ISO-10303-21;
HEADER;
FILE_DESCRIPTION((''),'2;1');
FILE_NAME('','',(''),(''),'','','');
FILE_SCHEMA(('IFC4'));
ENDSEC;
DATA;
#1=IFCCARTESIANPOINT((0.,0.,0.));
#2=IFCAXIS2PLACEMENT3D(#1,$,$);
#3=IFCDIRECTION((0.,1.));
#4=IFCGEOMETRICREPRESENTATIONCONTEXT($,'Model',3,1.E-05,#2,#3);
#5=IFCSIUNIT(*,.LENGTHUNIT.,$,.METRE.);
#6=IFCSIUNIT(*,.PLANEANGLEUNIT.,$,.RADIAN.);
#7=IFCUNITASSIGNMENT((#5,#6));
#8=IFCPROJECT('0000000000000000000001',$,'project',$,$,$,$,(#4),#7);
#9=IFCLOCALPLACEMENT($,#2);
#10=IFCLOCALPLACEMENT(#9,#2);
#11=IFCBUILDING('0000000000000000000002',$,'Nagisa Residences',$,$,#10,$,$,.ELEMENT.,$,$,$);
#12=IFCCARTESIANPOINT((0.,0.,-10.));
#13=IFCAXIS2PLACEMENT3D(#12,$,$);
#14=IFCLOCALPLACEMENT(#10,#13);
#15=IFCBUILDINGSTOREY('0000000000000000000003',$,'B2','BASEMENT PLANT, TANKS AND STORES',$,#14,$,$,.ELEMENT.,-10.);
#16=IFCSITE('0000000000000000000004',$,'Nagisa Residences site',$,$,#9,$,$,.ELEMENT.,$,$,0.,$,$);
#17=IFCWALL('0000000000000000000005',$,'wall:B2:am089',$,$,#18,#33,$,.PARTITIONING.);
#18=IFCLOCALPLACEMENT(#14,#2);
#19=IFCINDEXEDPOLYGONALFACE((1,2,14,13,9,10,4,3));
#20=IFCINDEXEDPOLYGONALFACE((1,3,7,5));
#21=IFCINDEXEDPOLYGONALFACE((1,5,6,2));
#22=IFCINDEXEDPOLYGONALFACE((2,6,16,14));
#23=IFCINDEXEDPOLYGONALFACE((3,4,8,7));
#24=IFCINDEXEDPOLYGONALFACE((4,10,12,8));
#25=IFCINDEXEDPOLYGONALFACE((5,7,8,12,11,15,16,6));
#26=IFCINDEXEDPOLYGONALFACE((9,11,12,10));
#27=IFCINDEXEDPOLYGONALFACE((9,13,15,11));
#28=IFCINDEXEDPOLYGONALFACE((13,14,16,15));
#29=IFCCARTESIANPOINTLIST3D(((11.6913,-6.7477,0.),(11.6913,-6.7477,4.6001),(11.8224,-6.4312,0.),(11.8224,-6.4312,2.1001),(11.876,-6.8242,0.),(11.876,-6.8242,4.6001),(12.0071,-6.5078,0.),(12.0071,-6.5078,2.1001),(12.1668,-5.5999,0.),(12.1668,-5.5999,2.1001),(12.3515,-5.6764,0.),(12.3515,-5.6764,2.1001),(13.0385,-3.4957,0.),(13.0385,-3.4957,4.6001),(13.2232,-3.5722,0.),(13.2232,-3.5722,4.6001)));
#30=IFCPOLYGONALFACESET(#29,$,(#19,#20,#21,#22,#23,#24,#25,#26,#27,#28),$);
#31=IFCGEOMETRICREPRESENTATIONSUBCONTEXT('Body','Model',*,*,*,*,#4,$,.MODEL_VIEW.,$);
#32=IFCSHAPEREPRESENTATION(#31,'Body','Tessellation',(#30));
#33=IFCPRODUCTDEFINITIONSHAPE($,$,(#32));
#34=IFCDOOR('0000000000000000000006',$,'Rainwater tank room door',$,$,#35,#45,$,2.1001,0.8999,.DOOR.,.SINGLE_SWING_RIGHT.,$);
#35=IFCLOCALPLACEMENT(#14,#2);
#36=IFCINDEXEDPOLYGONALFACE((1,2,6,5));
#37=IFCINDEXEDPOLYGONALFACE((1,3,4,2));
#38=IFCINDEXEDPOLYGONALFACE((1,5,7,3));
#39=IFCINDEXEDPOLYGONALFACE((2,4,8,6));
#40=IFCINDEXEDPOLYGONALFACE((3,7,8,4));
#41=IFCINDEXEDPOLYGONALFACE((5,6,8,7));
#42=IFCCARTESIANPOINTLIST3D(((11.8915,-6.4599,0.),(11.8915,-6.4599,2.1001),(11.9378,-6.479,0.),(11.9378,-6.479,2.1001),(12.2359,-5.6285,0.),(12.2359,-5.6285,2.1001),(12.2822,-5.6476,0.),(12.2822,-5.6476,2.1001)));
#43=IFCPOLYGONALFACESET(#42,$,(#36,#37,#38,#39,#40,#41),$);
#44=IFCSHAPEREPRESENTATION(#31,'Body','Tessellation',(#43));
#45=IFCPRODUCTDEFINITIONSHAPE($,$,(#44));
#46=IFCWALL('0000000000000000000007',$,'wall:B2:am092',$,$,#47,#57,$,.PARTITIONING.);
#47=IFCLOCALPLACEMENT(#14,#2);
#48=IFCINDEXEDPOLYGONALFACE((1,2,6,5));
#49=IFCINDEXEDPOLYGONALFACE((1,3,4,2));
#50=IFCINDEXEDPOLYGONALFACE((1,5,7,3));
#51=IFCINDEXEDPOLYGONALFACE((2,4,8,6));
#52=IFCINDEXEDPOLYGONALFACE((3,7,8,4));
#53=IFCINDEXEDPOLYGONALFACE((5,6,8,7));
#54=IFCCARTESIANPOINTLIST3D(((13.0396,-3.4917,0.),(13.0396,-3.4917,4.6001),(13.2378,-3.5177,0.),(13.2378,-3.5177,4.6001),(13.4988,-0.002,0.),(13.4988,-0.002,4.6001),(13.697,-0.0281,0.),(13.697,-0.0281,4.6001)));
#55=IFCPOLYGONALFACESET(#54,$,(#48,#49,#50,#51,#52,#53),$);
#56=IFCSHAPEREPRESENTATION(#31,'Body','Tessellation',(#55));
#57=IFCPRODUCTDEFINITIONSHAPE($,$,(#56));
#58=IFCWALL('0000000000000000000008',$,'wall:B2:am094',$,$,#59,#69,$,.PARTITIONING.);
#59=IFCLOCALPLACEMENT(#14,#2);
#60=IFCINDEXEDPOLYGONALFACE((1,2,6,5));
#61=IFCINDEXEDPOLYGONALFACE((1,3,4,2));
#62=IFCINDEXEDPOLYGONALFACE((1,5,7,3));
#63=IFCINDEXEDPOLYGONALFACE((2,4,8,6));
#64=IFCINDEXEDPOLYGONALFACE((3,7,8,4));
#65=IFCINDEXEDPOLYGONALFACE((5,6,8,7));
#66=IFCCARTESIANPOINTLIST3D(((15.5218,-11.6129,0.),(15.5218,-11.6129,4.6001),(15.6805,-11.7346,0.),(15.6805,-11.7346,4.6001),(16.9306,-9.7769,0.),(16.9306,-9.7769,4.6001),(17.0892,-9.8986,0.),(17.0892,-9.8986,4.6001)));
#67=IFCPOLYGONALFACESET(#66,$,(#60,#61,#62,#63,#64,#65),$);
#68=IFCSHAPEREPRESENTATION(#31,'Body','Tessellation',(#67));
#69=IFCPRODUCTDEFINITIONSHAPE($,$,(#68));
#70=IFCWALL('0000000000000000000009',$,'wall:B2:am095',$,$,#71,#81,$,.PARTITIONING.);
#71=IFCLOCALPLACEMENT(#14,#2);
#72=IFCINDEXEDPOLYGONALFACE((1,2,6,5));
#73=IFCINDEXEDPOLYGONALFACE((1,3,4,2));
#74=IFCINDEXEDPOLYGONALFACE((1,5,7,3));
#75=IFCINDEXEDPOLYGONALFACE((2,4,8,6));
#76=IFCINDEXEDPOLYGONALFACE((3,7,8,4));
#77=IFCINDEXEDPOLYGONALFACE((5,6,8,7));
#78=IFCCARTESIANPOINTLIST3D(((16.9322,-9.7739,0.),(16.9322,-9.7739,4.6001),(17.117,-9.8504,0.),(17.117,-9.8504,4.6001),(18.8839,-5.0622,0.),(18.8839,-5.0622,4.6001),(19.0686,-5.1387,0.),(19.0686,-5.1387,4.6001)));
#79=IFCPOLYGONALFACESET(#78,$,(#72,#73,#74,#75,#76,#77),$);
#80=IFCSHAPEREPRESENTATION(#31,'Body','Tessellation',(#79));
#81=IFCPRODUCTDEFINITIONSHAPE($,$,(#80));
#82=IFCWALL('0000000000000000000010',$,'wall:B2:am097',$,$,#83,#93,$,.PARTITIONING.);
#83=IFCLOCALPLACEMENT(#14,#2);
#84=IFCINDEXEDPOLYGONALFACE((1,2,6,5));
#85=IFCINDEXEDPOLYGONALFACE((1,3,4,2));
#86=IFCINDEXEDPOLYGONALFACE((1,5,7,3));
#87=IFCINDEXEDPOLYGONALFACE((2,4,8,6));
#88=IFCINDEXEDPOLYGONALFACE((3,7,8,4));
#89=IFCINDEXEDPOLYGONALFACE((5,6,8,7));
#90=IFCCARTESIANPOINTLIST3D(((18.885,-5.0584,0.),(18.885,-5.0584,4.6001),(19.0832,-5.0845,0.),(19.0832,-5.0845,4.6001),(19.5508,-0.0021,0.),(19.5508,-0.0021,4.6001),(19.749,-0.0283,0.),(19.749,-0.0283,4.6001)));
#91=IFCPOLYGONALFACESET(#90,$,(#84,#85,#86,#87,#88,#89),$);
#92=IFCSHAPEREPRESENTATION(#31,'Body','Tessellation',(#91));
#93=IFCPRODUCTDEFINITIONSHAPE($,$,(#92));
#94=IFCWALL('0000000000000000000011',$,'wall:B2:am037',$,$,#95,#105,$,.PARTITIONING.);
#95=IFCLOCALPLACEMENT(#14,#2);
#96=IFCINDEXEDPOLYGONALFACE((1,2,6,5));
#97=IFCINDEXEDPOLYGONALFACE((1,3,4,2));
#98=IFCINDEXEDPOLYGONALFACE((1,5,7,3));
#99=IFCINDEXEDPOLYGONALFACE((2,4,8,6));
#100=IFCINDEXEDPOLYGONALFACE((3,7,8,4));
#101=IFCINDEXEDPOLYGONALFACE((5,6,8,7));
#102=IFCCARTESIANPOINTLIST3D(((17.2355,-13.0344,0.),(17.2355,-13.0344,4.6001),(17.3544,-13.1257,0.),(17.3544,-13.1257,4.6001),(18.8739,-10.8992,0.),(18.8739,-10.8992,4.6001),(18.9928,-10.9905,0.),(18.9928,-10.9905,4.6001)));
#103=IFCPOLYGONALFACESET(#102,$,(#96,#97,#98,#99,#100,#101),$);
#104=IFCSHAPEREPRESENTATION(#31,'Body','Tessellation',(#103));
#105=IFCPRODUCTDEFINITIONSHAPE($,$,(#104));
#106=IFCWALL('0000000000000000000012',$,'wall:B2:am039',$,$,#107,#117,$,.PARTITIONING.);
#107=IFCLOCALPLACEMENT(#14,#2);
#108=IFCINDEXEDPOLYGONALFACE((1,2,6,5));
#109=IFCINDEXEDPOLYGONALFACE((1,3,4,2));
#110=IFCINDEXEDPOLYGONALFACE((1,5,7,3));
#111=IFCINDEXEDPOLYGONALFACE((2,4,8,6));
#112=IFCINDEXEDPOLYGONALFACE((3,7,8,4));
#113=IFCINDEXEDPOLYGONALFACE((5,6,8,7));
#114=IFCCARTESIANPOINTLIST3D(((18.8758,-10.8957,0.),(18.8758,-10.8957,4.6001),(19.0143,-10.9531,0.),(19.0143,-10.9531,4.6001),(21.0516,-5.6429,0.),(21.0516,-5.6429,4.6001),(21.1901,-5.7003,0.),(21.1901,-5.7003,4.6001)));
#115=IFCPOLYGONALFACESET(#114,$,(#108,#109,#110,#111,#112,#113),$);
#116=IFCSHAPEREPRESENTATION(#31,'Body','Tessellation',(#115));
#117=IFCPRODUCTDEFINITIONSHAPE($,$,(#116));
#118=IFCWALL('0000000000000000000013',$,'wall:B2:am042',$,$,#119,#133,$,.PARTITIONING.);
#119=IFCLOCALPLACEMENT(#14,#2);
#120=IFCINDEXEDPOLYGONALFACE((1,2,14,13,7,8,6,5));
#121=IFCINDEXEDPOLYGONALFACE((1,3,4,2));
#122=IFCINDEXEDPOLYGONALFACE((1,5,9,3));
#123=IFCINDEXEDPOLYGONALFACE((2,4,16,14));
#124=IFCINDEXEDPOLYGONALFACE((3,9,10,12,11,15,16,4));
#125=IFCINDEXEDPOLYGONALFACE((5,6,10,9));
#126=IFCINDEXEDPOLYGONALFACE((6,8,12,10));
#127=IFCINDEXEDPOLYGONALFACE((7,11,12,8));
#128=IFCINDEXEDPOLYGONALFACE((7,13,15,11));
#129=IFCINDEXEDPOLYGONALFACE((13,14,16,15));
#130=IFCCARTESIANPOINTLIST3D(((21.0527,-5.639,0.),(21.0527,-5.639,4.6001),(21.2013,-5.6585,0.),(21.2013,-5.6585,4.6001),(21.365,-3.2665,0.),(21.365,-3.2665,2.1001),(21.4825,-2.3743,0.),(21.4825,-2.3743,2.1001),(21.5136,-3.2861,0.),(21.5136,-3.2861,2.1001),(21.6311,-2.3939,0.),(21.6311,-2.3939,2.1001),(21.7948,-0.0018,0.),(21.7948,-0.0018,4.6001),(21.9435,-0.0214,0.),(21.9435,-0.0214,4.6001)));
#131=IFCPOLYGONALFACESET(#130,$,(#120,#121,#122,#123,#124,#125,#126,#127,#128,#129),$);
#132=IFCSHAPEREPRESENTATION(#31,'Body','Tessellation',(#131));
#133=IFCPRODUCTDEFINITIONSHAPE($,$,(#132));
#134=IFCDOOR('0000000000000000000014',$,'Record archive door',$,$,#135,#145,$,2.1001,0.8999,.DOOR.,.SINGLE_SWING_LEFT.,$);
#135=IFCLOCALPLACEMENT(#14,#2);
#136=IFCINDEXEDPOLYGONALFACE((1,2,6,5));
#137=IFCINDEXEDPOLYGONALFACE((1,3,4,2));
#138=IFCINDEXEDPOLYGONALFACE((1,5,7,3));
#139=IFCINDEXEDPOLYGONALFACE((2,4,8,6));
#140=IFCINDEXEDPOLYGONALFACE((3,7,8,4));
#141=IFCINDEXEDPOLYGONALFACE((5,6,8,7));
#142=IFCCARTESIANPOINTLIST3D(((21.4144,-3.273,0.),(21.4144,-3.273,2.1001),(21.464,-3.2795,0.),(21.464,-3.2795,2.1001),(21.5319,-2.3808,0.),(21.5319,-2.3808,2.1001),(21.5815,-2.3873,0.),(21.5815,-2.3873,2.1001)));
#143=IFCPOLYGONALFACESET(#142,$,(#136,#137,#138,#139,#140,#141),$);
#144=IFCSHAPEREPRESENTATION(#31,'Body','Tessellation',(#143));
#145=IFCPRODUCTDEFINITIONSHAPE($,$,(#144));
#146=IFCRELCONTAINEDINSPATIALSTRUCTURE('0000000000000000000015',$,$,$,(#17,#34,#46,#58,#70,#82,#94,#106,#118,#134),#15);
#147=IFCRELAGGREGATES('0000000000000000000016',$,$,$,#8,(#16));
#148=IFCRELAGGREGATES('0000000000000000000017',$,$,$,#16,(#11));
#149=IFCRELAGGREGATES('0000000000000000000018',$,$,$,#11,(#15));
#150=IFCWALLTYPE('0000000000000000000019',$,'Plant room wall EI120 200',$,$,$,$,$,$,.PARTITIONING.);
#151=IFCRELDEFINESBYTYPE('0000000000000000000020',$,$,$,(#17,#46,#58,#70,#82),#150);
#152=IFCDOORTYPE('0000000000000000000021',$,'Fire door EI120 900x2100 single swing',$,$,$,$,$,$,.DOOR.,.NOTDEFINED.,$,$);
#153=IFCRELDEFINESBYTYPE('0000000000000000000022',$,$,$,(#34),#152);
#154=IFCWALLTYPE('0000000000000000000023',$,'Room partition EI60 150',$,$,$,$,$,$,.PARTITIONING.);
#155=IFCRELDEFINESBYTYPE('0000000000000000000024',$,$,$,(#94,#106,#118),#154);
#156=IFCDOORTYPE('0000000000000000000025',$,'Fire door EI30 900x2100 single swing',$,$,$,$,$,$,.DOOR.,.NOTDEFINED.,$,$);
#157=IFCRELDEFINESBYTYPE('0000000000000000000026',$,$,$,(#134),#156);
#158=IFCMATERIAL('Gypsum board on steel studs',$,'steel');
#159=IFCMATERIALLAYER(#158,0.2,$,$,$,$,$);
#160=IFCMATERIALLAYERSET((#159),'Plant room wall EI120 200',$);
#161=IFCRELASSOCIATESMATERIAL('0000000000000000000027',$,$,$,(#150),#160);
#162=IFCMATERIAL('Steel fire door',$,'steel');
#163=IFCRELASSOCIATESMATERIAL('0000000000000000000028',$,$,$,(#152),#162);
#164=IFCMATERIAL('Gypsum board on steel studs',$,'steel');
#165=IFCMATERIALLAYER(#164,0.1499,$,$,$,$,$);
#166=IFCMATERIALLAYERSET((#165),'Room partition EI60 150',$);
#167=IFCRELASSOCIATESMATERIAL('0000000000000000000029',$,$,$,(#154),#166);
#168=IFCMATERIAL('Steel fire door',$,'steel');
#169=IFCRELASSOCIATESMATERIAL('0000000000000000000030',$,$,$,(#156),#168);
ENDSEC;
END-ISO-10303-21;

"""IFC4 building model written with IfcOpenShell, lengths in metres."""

from ifc_helpers import new_model, si_unit, direction, frame, frame_2d, origin, place, context, subcontext, project, spatial, rectangle, extrude, material, layer, layer_set, type_object, element, fill, save


model = new_model("IFC4")

# Units and contexts
model_context = context("Model", 3, precision=1e-05, world=origin(), true_north=direction((0.0, 1.0)))
body_context = subcontext(model_context, "Body", "Model", "MODEL_VIEW")
ifc_project = project(units=[si_unit("LENGTHUNIT", "METRE"), si_unit("PLANEANGLEUNIT", "RADIAN")], contexts=[model_context])

# Site, building, storey
site_placement = place(None, origin())
site = spatial("IfcSite", under=ifc_project, at=site_placement, Name="Nagisa Residences site", CompositionType="ELEMENT", RefElevation=0.0)
building_placement = place(site_placement, origin())
building = spatial("IfcBuilding", under=site, at=building_placement, Name="Nagisa Residences", CompositionType="ELEMENT")
storey_placement = place(building_placement, frame((0.0, 0.0, -10.0)))
storey = spatial("IfcBuildingStorey", under=building, at=storey_placement, Name="B2", Description="BASEMENT PLANT, TANKS AND STORES", CompositionType="ELEMENT", Elevation=-10.0)

# Wall, opening, door
ifc_material_1 = material(Name="Gypsum board on steel studs", Category="steel")
ifc_layer_1 = layer(ifc_material_1, 0.2)
ifc_layer_set_1 = layer_set([ifc_layer_1], Name="Plant room wall EI120 200")
wall_type_1 = type_object("IfcWallType", Name="Plant room wall EI120 200", PredefinedType="PARTITIONING", material=ifc_layer_set_1)
wall_1_placement = place(storey_placement, frame((13.1309, -3.5339, 0.0), z_axis=(0.0, 0.0, 1.0), x_axis=(-0.382723, -0.923863, 0.0)))
wall_1 = element("IfcWall", 1, at=wall_1_placement, inside=storey, type_object=wall_type_1, Name="wall:B2:am089", PredefinedType="PARTITIONING", context=body_context, shape_type="SweptSolid", body=[
    extrude(rectangle(XDim=3.52, YDim=0.2, at=frame_2d((1.76, 0.0))), origin(), (0.0, 0.0, 1.0), 4.6001),
])
opening_1_placement = place(wall_1_placement, frame((2.2776, 0.0, 0.0)))
opening_1 = element("IfcOpeningElement", 2, at=opening_1_placement, cuts=wall_1, PredefinedType="OPENING", context=body_context, shape_type="SweptSolid", body=[
    extrude(rectangle(XDim=0.8999, YDim=2.1001, at=frame_2d((0.45, 1.05))), frame((0.0, 0.1099, 0.0), z_axis=(0.0, -1.0, 0.0), x_axis=(1.0, 0.0, 0.0)), (0.0, 0.0, 1.0), 0.22),
])
ifc_material_2 = material(Name="Steel fire door", Category="steel")
door_type_1 = type_object("IfcDoorType", Name="Fire door EI120 900x2100 single swing", OperationType="NOTDEFINED", PredefinedType="DOOR", material=ifc_material_2)
door_1_placement = place(opening_1_placement, origin())
door_1 = element("IfcDoor", 3, at=door_1_placement, inside=storey, type_object=door_type_1, Name="Rainwater tank room door", OperationType="SINGLE_SWING_RIGHT", OverallHeight=2.1001, OverallWidth=0.8999, PredefinedType="DOOR", context=body_context, shape_type="SweptSolid", body=[
    extrude(rectangle(XDim=0.8999, YDim=2.1001, at=frame_2d((0.45, 1.05))), frame((0.0, 0.0249, 0.0), z_axis=(0.0, -1.0, 0.0), x_axis=(1.0, 0.0, 0.0)), (0.0, 0.0, 1.0), 0.05),
])
fill(opening_1, door_1)

# Walls
wall_2_placement = place(storey_placement, frame((13.5979, -0.0151, 0.0), z_axis=(0.0, 0.0, 1.0), x_axis=(-0.130469, -0.991452, 0.0)))
element("IfcWall", 4, at=wall_2_placement, inside=storey, type_object=wall_type_1, Name="wall:B2:am092", PredefinedType="PARTITIONING", context=body_context, shape_type="SweptSolid", body=[
    extrude(rectangle(XDim=3.5198, YDim=0.2, at=frame_2d((1.7598, 0.0))), origin(), (0.0, 0.0, 1.0), 4.6001),
])
wall_3_placement = place(storey_placement, frame((15.6011, -11.6738, 0.0), z_axis=(0.0, 0.0, 1.0), x_axis=(0.608742, 0.793369, 0.0)))
element("IfcWall", 5, at=wall_3_placement, inside=storey, type_object=wall_type_1, Name="wall:B2:am094", PredefinedType="PARTITIONING", context=body_context, shape_type="SweptSolid", body=[
    extrude(rectangle(XDim=2.3142, YDim=0.2, at=frame_2d((1.1572, 0.0))), origin(), (0.0, 0.0, 1.0), 4.6001),
])
for number, where, z_axis, x_axis, name in (
    (6, (17.0247, -9.812, 0.0), (0.0, 0.0, 1.0), (0.382687, 0.923878, 0.0), "wall:B2:am095"),
    (7, (18.9841, -5.0713, 0.0), (0.0, 0.0, 1.0), (0.130549, 0.991442, 0.0), "wall:B2:am097"),
):
    element("IfcWall", number, at=place(storey_placement, frame(where, z_axis=z_axis, x_axis=x_axis)), inside=storey, type_object=wall_type_1, Name=name, PredefinedType="PARTITIONING", context=body_context, shape_type="SweptSolid", body=[
        extrude(rectangle(XDim=5.0999, YDim=0.2, at=frame_2d((2.5498, 0.0))), origin(), (0.0, 0.0, 1.0), 4.6001),
    ])
ifc_material_3 = material(Name="Gypsum board on steel studs", Category="steel")
ifc_layer_2 = layer(ifc_material_3, 0.1499)
ifc_layer_set_2 = layer_set([ifc_layer_2], Name="Room partition EI60 150")
wall_type_2 = type_object("IfcWallType", Name="Room partition EI60 150", PredefinedType="PARTITIONING", material=ifc_layer_set_2)
wall_4_placement = place(storey_placement, frame((18.9333, -10.9448, 0.0), z_axis=(0.0, 0.0, 1.0), x_axis=(-0.608759, -0.793355, 0.0)))
element("IfcWall", 8, at=wall_4_placement, inside=storey, type_object=wall_type_2, Name="wall:B2:am037", PredefinedType="PARTITIONING", context=body_context, shape_type="SweptSolid", body=[
    extrude(rectangle(XDim=2.6914, YDim=0.1499, at=frame_2d((1.3457, 0.0))), origin(), (0.0, 0.0, 1.0), 4.6001),
])
wall_5_placement = place(storey_placement, frame((21.1208, -5.6716, 0.0), z_axis=(0.0, 0.0, 1.0), x_axis=(-0.382691, -0.923877, 0.0)))
element("IfcWall", 9, at=wall_5_placement, inside=storey, type_object=wall_type_2, Name="wall:B2:am039", PredefinedType="PARTITIONING", context=body_context, shape_type="SweptSolid", body=[
    extrude(rectangle(XDim=5.6855, YDim=0.1499, at=frame_2d((2.8428, 0.0))), origin(), (0.0, 0.0, 1.0), 4.6001),
])

# Wall, opening, door
wall_6_placement = place(storey_placement, frame((21.8691, -0.0117, 0.0), z_axis=(0.0, 0.0, 1.0), x_axis=(-0.130532, -0.991444, 0.0)))
wall_6 = element("IfcWall", 10, at=wall_6_placement, inside=storey, type_object=wall_type_2, Name="wall:B2:am042", PredefinedType="PARTITIONING", context=body_context, shape_type="SweptSolid", body=[
    extrude(rectangle(XDim=5.6858, YDim=0.1499, at=frame_2d((2.8428, 0.0))), origin(), (0.0, 0.0, 1.0), 4.6001),
])
opening_2_placement = place(wall_6_placement, frame((2.3928, 0.0, 0.0)))
opening_2 = element("IfcOpeningElement", 11, at=opening_2_placement, cuts=wall_6, PredefinedType="OPENING", context=body_context, shape_type="SweptSolid", body=[
    extrude(rectangle(XDim=0.8999, YDim=2.1001, at=frame_2d((0.45, 1.05))), frame((0.0, 0.085, 0.0), z_axis=(0.0, -1.0, 0.0), x_axis=(1.0, 0.0, 0.0)), (0.0, 0.0, 1.0), 0.1699),
])
ifc_material_4 = material(Name="Steel fire door", Category="steel")
door_type_2 = type_object("IfcDoorType", Name="Fire door EI30 900x2100 single swing", OperationType="NOTDEFINED", PredefinedType="DOOR", material=ifc_material_4)
door_2_placement = place(opening_2_placement, origin())
door_2 = element("IfcDoor", 12, at=door_2_placement, inside=storey, type_object=door_type_2, Name="Record archive door", OperationType="SINGLE_SWING_LEFT", OverallHeight=2.1001, OverallWidth=0.8999, PredefinedType="DOOR", context=body_context, shape_type="SweptSolid", body=[
    extrude(rectangle(XDim=0.8999, YDim=2.1001, at=frame_2d((0.45, 1.05))), frame((0.0, 0.0249, 0.0), z_axis=(0.0, -1.0, 0.0), x_axis=(1.0, 0.0, 0.0)), (0.0, 0.0, 1.0), 0.05),
])
fill(opening_2, door_2)

save(model, "model.ifc")
